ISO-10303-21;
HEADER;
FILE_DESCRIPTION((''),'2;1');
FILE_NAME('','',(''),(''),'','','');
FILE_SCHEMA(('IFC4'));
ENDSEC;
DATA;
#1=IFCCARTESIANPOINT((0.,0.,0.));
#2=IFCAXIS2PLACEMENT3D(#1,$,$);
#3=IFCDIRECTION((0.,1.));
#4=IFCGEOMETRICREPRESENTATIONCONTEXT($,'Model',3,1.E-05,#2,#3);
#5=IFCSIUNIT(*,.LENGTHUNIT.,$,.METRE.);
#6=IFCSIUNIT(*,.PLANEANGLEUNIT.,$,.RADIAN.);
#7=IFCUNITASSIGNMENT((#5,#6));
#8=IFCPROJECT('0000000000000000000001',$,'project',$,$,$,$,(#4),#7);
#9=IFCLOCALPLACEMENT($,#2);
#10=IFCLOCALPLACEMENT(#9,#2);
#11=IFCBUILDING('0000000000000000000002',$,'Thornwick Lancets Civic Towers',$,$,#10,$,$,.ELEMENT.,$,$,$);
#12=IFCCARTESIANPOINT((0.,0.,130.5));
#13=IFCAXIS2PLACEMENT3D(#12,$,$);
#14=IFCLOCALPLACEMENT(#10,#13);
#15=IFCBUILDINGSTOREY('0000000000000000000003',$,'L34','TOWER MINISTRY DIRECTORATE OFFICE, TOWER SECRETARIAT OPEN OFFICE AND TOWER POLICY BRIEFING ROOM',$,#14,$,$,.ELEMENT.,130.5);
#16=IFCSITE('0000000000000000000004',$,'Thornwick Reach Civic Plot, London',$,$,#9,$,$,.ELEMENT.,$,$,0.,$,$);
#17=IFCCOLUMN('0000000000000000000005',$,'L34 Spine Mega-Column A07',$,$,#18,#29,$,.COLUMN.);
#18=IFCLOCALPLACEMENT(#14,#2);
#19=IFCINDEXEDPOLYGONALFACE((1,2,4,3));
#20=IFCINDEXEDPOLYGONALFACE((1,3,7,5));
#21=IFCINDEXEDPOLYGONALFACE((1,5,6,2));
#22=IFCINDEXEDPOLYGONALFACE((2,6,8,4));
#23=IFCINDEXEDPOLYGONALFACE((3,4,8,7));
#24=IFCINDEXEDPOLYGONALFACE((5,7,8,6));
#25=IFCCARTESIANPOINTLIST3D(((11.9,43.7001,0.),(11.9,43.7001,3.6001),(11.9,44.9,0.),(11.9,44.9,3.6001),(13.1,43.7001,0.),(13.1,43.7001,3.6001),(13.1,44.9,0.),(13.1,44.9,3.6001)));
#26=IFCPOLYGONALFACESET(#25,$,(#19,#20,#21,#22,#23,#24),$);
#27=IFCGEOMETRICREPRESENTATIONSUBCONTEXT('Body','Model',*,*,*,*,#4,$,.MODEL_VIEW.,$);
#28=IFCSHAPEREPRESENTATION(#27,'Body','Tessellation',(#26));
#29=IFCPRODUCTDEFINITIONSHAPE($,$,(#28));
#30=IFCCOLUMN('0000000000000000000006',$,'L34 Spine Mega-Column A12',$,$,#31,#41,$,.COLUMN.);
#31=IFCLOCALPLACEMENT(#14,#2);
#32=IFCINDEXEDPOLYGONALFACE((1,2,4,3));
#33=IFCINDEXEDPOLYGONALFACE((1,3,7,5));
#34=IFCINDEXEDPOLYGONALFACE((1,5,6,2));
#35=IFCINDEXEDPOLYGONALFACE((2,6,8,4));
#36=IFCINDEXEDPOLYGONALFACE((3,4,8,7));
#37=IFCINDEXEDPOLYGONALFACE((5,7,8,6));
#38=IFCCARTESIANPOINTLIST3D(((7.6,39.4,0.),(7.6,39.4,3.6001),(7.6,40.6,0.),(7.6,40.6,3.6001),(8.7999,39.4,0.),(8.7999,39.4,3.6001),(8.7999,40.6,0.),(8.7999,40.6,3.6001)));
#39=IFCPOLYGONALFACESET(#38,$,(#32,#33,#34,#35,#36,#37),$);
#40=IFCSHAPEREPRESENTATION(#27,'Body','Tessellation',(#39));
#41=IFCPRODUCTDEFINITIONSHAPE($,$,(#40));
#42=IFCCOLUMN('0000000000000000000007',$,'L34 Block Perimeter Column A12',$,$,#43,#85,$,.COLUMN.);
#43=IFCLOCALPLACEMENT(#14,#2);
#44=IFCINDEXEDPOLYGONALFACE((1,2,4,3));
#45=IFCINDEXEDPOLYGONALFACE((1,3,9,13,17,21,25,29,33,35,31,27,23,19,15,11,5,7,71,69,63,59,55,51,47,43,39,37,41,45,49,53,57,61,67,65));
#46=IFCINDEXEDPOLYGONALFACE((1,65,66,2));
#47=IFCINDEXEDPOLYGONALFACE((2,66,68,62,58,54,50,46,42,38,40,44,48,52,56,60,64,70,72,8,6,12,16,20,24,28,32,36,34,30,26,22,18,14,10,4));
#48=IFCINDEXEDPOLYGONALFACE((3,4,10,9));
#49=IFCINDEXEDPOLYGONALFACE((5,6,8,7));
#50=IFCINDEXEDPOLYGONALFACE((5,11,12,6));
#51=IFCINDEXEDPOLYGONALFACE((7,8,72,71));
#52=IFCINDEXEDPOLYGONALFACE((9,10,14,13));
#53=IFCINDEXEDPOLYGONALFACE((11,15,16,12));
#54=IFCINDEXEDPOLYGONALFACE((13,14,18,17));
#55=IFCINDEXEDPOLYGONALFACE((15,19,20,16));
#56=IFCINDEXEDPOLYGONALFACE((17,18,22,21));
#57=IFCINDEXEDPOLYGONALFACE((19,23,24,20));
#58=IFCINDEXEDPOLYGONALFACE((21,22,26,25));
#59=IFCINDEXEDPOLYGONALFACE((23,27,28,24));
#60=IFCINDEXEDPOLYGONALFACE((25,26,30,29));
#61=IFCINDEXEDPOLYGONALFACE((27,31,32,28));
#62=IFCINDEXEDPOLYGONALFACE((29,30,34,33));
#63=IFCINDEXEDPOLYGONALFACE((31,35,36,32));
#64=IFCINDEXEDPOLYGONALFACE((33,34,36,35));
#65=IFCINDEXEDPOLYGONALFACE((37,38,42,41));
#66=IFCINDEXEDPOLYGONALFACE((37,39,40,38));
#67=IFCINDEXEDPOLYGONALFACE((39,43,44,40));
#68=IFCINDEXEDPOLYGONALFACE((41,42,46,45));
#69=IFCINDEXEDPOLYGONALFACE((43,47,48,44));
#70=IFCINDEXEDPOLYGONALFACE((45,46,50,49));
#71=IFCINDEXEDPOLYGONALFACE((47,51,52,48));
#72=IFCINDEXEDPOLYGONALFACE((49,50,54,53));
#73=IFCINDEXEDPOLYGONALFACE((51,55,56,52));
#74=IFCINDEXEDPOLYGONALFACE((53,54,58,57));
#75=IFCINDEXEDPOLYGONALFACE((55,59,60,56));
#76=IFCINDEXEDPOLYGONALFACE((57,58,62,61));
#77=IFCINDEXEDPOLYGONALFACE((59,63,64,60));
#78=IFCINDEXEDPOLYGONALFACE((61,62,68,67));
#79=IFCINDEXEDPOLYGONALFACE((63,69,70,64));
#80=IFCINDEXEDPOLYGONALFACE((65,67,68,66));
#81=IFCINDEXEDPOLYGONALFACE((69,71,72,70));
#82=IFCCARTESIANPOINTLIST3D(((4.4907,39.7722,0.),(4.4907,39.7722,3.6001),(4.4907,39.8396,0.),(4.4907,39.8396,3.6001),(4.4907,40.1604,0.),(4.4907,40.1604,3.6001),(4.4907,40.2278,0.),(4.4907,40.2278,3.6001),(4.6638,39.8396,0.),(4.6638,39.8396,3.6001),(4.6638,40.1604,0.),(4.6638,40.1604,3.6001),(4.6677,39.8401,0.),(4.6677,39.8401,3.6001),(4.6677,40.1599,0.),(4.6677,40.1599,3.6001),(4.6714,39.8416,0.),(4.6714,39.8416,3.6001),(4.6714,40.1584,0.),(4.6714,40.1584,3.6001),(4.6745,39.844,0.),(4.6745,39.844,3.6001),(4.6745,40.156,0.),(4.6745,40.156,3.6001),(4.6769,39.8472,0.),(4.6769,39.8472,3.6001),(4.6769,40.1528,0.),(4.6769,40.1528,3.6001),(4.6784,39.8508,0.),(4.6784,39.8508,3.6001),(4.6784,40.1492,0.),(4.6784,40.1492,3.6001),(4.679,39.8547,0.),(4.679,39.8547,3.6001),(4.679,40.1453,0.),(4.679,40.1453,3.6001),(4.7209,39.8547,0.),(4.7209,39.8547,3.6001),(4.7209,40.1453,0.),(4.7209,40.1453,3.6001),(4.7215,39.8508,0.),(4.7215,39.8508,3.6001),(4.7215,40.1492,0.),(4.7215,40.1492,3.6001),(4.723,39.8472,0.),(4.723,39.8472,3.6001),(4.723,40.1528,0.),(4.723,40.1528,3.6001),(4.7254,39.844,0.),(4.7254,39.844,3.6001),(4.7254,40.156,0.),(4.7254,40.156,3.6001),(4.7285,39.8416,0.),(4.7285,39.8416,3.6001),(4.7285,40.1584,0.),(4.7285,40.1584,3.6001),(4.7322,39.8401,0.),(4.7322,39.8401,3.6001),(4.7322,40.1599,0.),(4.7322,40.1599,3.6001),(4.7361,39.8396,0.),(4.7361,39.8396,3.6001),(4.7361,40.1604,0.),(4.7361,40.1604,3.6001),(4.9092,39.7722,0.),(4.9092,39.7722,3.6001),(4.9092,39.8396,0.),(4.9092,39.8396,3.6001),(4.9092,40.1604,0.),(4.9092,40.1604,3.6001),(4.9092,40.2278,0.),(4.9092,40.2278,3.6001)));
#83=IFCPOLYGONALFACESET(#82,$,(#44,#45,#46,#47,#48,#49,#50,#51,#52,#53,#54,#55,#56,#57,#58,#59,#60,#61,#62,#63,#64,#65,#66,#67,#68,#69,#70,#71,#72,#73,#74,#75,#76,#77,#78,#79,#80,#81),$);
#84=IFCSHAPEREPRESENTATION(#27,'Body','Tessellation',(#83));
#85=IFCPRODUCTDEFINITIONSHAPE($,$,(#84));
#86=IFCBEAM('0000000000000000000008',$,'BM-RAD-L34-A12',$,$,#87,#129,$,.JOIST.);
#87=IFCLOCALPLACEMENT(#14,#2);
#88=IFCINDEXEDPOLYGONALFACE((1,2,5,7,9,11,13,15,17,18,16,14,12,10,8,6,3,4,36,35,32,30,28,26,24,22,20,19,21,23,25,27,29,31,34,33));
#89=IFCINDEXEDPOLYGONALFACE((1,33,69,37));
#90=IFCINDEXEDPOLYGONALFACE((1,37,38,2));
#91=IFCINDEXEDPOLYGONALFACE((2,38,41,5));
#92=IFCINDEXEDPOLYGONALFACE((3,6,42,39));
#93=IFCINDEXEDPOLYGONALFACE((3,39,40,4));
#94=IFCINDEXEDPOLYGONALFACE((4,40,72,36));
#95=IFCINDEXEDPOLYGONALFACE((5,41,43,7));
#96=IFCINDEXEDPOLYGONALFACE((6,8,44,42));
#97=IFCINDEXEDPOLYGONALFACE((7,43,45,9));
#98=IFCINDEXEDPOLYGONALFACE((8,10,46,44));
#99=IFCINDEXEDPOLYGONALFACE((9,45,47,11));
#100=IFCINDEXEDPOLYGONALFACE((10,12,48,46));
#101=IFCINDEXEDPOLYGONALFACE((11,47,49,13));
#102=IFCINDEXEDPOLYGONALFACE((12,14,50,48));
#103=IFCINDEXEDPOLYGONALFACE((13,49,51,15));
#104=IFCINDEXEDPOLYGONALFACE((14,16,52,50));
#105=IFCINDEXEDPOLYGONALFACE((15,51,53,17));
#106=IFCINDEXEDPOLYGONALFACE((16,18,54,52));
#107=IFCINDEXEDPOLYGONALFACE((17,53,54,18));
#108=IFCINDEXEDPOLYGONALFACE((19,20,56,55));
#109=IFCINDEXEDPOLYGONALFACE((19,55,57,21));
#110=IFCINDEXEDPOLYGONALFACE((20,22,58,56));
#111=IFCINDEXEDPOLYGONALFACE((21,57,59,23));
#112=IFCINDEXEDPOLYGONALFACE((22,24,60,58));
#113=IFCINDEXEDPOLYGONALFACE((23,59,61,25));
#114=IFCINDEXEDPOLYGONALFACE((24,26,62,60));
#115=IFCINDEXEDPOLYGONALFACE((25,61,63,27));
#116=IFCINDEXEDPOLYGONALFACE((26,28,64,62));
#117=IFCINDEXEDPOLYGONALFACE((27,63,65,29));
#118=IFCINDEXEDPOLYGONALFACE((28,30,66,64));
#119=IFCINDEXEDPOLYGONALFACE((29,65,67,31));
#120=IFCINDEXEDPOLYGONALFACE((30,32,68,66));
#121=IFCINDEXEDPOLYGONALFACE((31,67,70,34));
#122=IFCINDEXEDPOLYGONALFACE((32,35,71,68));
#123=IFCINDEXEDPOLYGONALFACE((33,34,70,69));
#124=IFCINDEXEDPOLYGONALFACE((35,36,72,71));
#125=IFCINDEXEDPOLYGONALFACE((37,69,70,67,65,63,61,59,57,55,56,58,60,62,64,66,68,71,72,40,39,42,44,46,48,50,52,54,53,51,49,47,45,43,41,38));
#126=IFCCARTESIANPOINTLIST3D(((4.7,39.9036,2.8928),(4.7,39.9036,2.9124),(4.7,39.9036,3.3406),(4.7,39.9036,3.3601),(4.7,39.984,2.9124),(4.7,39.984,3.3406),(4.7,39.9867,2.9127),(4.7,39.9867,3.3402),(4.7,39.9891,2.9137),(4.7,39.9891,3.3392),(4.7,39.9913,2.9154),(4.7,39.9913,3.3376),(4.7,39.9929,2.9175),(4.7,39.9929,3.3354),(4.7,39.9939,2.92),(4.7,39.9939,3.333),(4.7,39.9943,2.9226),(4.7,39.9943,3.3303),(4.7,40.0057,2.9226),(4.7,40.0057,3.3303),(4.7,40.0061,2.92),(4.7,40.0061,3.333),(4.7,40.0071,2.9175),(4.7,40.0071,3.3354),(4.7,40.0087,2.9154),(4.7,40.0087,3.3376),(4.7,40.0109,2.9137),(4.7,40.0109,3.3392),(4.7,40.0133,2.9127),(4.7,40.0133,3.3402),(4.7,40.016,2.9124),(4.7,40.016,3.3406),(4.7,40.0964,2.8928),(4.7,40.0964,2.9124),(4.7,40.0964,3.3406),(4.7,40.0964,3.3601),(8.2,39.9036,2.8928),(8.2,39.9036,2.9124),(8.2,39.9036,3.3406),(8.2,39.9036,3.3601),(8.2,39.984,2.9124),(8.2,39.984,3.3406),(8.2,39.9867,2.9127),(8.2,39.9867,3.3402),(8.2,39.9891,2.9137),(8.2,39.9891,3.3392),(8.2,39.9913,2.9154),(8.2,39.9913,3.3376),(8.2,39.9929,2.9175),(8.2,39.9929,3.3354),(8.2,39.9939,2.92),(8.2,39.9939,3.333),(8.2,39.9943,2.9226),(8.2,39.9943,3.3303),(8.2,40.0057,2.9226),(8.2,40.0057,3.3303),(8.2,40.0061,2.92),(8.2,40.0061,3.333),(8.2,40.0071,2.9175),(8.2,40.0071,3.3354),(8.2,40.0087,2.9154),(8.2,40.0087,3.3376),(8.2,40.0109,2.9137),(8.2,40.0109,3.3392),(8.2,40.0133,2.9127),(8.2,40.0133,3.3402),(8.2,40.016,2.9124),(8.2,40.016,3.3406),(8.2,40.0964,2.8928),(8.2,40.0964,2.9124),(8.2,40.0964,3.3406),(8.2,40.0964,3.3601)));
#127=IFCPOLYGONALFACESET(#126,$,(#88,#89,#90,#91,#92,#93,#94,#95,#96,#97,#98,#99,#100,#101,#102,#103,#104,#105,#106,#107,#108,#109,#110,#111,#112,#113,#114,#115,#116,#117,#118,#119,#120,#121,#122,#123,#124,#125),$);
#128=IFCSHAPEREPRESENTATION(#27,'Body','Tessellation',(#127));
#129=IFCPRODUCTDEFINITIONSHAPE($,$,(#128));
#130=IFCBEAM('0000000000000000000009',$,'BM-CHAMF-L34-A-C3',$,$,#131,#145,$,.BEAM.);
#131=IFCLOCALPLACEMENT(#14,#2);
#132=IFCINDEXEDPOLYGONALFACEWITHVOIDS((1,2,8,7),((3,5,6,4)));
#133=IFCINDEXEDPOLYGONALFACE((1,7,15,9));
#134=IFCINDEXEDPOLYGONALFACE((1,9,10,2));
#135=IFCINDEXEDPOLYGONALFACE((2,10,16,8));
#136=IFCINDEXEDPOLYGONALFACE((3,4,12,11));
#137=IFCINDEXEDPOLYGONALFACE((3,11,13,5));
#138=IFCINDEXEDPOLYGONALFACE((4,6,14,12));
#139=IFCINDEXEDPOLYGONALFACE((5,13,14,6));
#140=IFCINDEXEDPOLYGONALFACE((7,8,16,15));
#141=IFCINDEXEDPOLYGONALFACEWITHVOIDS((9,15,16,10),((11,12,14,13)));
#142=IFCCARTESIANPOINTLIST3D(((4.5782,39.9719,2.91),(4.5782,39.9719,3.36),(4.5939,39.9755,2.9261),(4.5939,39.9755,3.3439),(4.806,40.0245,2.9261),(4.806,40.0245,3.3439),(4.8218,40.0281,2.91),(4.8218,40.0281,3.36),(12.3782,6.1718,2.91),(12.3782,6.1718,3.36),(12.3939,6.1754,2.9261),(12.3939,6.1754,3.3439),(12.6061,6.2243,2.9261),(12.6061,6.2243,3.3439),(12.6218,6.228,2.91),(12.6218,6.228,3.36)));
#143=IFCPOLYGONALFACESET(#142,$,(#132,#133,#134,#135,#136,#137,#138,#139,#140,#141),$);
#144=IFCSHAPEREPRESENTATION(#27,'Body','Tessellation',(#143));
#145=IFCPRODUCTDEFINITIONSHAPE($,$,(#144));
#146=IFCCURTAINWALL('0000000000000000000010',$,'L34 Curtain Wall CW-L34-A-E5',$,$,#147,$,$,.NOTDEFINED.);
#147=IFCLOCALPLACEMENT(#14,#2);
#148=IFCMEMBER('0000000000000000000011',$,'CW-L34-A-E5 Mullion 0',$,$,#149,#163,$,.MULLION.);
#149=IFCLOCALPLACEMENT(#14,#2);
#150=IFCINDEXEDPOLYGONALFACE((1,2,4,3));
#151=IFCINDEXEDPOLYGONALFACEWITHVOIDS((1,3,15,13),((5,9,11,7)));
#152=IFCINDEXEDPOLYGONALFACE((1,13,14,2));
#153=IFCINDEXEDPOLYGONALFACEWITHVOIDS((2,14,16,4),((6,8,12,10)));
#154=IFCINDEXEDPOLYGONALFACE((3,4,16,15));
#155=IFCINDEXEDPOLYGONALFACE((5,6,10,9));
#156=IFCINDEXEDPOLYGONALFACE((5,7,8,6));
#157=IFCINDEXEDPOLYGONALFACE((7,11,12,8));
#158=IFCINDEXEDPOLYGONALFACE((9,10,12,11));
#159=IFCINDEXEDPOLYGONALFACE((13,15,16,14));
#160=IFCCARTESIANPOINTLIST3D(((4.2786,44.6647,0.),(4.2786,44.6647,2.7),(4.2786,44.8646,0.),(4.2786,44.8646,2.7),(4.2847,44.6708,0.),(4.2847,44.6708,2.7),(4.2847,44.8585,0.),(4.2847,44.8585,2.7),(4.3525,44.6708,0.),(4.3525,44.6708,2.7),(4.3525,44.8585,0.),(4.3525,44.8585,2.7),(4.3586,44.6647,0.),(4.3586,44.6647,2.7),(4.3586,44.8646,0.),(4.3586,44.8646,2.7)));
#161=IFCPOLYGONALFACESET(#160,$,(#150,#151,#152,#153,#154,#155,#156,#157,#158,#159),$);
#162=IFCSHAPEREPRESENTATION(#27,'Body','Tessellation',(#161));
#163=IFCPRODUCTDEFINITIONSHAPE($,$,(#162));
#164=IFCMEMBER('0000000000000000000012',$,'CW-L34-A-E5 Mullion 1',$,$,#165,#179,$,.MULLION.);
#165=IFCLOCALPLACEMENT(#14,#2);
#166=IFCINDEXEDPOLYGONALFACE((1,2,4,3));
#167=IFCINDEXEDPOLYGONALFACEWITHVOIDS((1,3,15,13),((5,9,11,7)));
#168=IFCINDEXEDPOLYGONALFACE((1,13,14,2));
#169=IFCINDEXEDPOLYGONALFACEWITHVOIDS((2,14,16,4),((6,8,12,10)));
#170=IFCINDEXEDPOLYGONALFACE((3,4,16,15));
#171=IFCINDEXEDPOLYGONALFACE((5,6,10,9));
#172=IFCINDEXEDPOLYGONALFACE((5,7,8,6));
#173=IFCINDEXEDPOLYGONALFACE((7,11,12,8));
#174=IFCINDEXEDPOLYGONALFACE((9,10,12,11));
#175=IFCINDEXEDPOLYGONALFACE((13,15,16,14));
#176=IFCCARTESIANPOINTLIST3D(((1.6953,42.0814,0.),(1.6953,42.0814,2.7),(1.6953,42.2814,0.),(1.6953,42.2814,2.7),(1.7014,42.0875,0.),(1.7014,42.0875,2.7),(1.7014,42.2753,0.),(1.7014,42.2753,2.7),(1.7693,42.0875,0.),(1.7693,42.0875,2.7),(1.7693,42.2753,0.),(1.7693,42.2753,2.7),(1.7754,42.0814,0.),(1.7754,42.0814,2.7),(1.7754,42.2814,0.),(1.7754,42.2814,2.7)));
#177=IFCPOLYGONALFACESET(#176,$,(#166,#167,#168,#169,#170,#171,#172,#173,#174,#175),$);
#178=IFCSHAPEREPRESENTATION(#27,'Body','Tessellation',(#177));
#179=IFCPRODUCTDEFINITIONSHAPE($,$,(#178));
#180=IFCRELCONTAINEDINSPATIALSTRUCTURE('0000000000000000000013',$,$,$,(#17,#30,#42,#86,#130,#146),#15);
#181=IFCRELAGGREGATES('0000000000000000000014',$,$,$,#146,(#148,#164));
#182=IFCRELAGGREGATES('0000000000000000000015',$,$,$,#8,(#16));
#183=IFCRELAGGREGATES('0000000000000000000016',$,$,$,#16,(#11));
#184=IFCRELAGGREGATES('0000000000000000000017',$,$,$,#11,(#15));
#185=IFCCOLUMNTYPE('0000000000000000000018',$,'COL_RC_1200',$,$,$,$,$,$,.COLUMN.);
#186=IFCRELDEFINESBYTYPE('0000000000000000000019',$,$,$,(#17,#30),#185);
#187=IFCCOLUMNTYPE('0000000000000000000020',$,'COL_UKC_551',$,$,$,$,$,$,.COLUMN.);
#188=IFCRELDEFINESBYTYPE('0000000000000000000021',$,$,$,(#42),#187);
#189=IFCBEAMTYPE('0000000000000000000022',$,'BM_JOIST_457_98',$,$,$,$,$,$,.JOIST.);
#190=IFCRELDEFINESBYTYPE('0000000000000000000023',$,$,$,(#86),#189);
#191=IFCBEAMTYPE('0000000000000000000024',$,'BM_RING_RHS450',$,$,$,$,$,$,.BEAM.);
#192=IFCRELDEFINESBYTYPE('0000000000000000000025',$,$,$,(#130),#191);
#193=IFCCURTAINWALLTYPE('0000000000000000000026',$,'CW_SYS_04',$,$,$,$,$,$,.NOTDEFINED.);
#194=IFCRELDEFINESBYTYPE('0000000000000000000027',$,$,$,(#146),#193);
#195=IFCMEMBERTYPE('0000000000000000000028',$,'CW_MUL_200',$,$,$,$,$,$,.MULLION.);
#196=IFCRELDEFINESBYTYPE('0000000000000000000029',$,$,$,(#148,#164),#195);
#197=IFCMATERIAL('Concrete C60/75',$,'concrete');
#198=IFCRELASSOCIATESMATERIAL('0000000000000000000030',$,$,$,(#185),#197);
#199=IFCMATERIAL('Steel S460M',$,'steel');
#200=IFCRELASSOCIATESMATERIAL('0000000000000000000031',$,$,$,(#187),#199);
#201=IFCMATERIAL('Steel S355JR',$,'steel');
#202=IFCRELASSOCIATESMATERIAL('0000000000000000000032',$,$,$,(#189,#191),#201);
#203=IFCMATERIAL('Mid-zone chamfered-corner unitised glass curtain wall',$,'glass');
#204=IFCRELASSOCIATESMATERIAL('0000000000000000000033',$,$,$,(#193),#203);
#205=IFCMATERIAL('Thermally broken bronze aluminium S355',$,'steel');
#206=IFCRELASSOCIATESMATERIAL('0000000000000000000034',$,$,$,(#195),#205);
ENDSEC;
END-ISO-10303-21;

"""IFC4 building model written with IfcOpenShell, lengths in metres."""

from ifc_helpers import new_model, si_unit, direction, frame, origin, origin_2d, place, context, subcontext, project, spatial, rectangle, hollow_rectangle, i_section, extrude, material, material_profile, profile_set, type_object, element, aggregate, save


model = new_model("IFC4")

# Units and contexts
model_context = context("Model", 3, precision=1e-05, world=origin(), true_north=direction((0.0, 1.0)))
body_context = subcontext(model_context, "Body", "Model", "MODEL_VIEW")
ifc_project = project(units=[si_unit("LENGTHUNIT", "METRE"), si_unit("PLANEANGLEUNIT", "RADIAN")], contexts=[model_context])

# Site, building, storey
site_placement = place(None, origin())
site = spatial("IfcSite", under=ifc_project, at=site_placement, Name="Thornwick Reach Civic Plot, London", CompositionType="ELEMENT", RefElevation=0.0)
building_placement = place(site_placement, origin())
building = spatial("IfcBuilding", under=site, at=building_placement, Name="Thornwick Lancets Civic Towers", CompositionType="ELEMENT")
storey_placement = place(building_placement, frame((0.0, 0.0, 130.5)))
storey = spatial("IfcBuildingStorey", under=building, at=storey_placement, Name="L34", Description="TOWER MINISTRY DIRECTORATE OFFICE, TOWER SECRETARIAT OPEN OFFICE AND TOWER POLICY BRIEFING ROOM", CompositionType="ELEMENT", Elevation=130.5)

# Columns
ifc_material_1 = material(Name="Concrete C60/75", Category="concrete")
ifc_material_profile_1 = material_profile(ifc_material_1, rectangle(XDim=1.2, YDim=1.2, at=origin_2d()), Name="RC 1200x1200")
ifc_profile_set_1 = profile_set([ifc_material_profile_1], Name="Concrete C60/75")
column_type_1 = type_object("IfcColumnType", Name="COL_RC_1200", PredefinedType="COLUMN", material=ifc_profile_set_1)
for number, where, z_axis, x_axis, name in (
    (1, (12.5, 44.3, 0.0), (0.0, 0.0, 1.0), (1.0, 0.0, 0.0), "L34 Spine Mega-Column A07"),
    (2, (8.2, 40.0, 0.0), (0.0, 0.0, 1.0), (1.0, 0.0, 0.0), "L34 Spine Mega-Column A12"),
):
    element("IfcColumn", number, at=place(storey_placement, frame(where, z_axis=z_axis, x_axis=x_axis)), inside=storey, type_object=column_type_1, Name=name, PredefinedType="COLUMN", context=body_context, shape_type="SweptSolid", body=[
        extrude(rectangle(XDim=1.2, YDim=1.2, at=origin_2d()), origin(), (0.0, 0.0, 1.0), 3.6001),
    ])
ifc_material_2 = material(Name="Steel S460M", Category="steel")
ifc_material_profile_2 = material_profile(ifc_material_2, i_section(OverallWidth=0.4185, OverallDepth=0.4556, WebThickness=0.042, FlangeThickness=0.0674, FilletRadius=0.0151, at=origin_2d()), Name="UKC 356x406x551")
ifc_profile_set_2 = profile_set([ifc_material_profile_2], Name="Steel S460M")
column_type_2 = type_object("IfcColumnType", Name="COL_UKC_551", PredefinedType="COLUMN", material=ifc_profile_set_2)
column_placement = place(storey_placement, frame((4.7, 40.0, 0.0), z_axis=(0.0, 0.0, 1.0), x_axis=(1.0, 0.0, 0.0)))
element("IfcColumn", 3, at=column_placement, inside=storey, type_object=column_type_2, Name="L34 Block Perimeter Column A12", PredefinedType="COLUMN", context=body_context, shape_type="SweptSolid", body=[
    extrude(i_section(OverallWidth=0.4185, OverallDepth=0.4556, WebThickness=0.042, FlangeThickness=0.0674, FilletRadius=0.0151, at=origin_2d()), origin(), (0.0, 0.0, 1.0), 3.6001),
])

# Beams
ifc_material_3 = material(Name="Steel S355JR", Category="steel")
ifc_material_profile_3 = material_profile(ifc_material_3, i_section(OverallWidth=0.1929, OverallDepth=0.4673, WebThickness=0.0115, FlangeThickness=0.0195, FilletRadius=0.0103, at=origin_2d()), Name="UKB 457x191x98")
ifc_profile_set_3 = profile_set([ifc_material_profile_3], Name="Steel S355JR")
beam_type_1 = type_object("IfcBeamType", Name="BM_JOIST_457_98", PredefinedType="JOIST", material=ifc_profile_set_3)
beam_1_placement = place(storey_placement, frame((8.2, 40.0, 3.1265), z_axis=(-1.0, 0.0, 0.0), x_axis=(0.0, -1.0, 0.0)))
element("IfcBeam", 4, at=beam_1_placement, inside=storey, type_object=beam_type_1, Name="BM-RAD-L34-A12", PredefinedType="JOIST", context=body_context, shape_type="SweptSolid", body=[
    extrude(i_section(OverallWidth=0.1929, OverallDepth=0.4673, WebThickness=0.0115, FlangeThickness=0.0195, FilletRadius=0.0103, at=origin_2d()), origin(), (0.0, 0.0, 1.0), 3.5),
])
ifc_material_profile_4 = material_profile(ifc_material_3, hollow_rectangle(XDim=0.25, YDim=0.45, WallThickness=0.0161, at=origin_2d()), Name="RHS 450x250x16")
ifc_profile_set_4 = profile_set([ifc_material_profile_4], Name="Steel S355JR")
beam_type_2 = type_object("IfcBeamType", Name="BM_RING_RHS450", PredefinedType="BEAM", material=ifc_profile_set_4)
beam_2_placement = place(storey_placement, frame((4.7, 40.0, 3.135), z_axis=(0.224861, -0.974391, 0.0), x_axis=(0.974391, 0.224861, 0.0)))
element("IfcBeam", 5, at=beam_2_placement, inside=storey, type_object=beam_type_2, Name="BM-CHAMF-L34-A-C3", PredefinedType="BEAM", context=body_context, shape_type="SweptSolid", body=[
    extrude(hollow_rectangle(XDim=0.25, YDim=0.45, WallThickness=0.0161, at=origin_2d()), origin(), (0.0, 0.0, 1.0), 34.6885),
])

# Curtain wall, members
ifc_material_4 = material(Name="Mid-zone chamfered-corner unitised glass curtain wall", Category="glass")
curtain_wall_type = type_object("IfcCurtainWallType", Name="CW_SYS_04", PredefinedType="NOTDEFINED", material=ifc_material_4)
curtain_wall_placement = place(storey_placement, origin())
curtain_wall = element("IfcCurtainWall", 6, at=curtain_wall_placement, inside=storey, type_object=curtain_wall_type, Name="L34 Curtain Wall CW-L34-A-E5", PredefinedType="NOTDEFINED")
ifc_material_5 = material(Name="Thermally broken bronze aluminium S355", Category="steel")
ifc_material_profile_5 = material_profile(ifc_material_5, hollow_rectangle(XDim=0.0801, YDim=0.2, WallThickness=0.0061, at=origin_2d()), Name="RHS 200x80x6")
ifc_profile_set_5 = profile_set([ifc_material_profile_5], Name="Thermally broken bronze aluminium S355")
member_type_1 = type_object("IfcMemberType", Name="CW_MUL_200", PredefinedType="MULLION", material=ifc_profile_set_5)
member_1_placement = place(storey_placement, frame((4.3186, 44.7646, 0.0), z_axis=(0.0, 0.0, 1.0), x_axis=(1.0, 0.0, 0.0)))
member_1 = element("IfcMember", 7, at=member_1_placement, type_object=member_type_1, Name="CW-L34-A-E5 Mullion 0", PredefinedType="MULLION", context=body_context, shape_type="SweptSolid", body=[
    extrude(hollow_rectangle(XDim=0.0801, YDim=0.2, WallThickness=0.0061, at=origin_2d()), origin(), (0.0, 0.0, 1.0), 2.7),
])
member_2_placement = place(storey_placement, frame((1.7354, 42.1814, 0.0), z_axis=(0.0, 0.0, 1.0), x_axis=(1.0, 0.0, 0.0)))
member_2 = element("IfcMember", 8, at=member_2_placement, type_object=member_type_1, Name="CW-L34-A-E5 Mullion 1", PredefinedType="MULLION", context=body_context, shape_type="SweptSolid", body=[
    extrude(hollow_rectangle(XDim=0.0801, YDim=0.2, WallThickness=0.0061, at=origin_2d()), origin(), (0.0, 0.0, 1.0), 2.7),
])
aggregate(curtain_wall, [member_1, member_2])

save(model, "model.ifc")
